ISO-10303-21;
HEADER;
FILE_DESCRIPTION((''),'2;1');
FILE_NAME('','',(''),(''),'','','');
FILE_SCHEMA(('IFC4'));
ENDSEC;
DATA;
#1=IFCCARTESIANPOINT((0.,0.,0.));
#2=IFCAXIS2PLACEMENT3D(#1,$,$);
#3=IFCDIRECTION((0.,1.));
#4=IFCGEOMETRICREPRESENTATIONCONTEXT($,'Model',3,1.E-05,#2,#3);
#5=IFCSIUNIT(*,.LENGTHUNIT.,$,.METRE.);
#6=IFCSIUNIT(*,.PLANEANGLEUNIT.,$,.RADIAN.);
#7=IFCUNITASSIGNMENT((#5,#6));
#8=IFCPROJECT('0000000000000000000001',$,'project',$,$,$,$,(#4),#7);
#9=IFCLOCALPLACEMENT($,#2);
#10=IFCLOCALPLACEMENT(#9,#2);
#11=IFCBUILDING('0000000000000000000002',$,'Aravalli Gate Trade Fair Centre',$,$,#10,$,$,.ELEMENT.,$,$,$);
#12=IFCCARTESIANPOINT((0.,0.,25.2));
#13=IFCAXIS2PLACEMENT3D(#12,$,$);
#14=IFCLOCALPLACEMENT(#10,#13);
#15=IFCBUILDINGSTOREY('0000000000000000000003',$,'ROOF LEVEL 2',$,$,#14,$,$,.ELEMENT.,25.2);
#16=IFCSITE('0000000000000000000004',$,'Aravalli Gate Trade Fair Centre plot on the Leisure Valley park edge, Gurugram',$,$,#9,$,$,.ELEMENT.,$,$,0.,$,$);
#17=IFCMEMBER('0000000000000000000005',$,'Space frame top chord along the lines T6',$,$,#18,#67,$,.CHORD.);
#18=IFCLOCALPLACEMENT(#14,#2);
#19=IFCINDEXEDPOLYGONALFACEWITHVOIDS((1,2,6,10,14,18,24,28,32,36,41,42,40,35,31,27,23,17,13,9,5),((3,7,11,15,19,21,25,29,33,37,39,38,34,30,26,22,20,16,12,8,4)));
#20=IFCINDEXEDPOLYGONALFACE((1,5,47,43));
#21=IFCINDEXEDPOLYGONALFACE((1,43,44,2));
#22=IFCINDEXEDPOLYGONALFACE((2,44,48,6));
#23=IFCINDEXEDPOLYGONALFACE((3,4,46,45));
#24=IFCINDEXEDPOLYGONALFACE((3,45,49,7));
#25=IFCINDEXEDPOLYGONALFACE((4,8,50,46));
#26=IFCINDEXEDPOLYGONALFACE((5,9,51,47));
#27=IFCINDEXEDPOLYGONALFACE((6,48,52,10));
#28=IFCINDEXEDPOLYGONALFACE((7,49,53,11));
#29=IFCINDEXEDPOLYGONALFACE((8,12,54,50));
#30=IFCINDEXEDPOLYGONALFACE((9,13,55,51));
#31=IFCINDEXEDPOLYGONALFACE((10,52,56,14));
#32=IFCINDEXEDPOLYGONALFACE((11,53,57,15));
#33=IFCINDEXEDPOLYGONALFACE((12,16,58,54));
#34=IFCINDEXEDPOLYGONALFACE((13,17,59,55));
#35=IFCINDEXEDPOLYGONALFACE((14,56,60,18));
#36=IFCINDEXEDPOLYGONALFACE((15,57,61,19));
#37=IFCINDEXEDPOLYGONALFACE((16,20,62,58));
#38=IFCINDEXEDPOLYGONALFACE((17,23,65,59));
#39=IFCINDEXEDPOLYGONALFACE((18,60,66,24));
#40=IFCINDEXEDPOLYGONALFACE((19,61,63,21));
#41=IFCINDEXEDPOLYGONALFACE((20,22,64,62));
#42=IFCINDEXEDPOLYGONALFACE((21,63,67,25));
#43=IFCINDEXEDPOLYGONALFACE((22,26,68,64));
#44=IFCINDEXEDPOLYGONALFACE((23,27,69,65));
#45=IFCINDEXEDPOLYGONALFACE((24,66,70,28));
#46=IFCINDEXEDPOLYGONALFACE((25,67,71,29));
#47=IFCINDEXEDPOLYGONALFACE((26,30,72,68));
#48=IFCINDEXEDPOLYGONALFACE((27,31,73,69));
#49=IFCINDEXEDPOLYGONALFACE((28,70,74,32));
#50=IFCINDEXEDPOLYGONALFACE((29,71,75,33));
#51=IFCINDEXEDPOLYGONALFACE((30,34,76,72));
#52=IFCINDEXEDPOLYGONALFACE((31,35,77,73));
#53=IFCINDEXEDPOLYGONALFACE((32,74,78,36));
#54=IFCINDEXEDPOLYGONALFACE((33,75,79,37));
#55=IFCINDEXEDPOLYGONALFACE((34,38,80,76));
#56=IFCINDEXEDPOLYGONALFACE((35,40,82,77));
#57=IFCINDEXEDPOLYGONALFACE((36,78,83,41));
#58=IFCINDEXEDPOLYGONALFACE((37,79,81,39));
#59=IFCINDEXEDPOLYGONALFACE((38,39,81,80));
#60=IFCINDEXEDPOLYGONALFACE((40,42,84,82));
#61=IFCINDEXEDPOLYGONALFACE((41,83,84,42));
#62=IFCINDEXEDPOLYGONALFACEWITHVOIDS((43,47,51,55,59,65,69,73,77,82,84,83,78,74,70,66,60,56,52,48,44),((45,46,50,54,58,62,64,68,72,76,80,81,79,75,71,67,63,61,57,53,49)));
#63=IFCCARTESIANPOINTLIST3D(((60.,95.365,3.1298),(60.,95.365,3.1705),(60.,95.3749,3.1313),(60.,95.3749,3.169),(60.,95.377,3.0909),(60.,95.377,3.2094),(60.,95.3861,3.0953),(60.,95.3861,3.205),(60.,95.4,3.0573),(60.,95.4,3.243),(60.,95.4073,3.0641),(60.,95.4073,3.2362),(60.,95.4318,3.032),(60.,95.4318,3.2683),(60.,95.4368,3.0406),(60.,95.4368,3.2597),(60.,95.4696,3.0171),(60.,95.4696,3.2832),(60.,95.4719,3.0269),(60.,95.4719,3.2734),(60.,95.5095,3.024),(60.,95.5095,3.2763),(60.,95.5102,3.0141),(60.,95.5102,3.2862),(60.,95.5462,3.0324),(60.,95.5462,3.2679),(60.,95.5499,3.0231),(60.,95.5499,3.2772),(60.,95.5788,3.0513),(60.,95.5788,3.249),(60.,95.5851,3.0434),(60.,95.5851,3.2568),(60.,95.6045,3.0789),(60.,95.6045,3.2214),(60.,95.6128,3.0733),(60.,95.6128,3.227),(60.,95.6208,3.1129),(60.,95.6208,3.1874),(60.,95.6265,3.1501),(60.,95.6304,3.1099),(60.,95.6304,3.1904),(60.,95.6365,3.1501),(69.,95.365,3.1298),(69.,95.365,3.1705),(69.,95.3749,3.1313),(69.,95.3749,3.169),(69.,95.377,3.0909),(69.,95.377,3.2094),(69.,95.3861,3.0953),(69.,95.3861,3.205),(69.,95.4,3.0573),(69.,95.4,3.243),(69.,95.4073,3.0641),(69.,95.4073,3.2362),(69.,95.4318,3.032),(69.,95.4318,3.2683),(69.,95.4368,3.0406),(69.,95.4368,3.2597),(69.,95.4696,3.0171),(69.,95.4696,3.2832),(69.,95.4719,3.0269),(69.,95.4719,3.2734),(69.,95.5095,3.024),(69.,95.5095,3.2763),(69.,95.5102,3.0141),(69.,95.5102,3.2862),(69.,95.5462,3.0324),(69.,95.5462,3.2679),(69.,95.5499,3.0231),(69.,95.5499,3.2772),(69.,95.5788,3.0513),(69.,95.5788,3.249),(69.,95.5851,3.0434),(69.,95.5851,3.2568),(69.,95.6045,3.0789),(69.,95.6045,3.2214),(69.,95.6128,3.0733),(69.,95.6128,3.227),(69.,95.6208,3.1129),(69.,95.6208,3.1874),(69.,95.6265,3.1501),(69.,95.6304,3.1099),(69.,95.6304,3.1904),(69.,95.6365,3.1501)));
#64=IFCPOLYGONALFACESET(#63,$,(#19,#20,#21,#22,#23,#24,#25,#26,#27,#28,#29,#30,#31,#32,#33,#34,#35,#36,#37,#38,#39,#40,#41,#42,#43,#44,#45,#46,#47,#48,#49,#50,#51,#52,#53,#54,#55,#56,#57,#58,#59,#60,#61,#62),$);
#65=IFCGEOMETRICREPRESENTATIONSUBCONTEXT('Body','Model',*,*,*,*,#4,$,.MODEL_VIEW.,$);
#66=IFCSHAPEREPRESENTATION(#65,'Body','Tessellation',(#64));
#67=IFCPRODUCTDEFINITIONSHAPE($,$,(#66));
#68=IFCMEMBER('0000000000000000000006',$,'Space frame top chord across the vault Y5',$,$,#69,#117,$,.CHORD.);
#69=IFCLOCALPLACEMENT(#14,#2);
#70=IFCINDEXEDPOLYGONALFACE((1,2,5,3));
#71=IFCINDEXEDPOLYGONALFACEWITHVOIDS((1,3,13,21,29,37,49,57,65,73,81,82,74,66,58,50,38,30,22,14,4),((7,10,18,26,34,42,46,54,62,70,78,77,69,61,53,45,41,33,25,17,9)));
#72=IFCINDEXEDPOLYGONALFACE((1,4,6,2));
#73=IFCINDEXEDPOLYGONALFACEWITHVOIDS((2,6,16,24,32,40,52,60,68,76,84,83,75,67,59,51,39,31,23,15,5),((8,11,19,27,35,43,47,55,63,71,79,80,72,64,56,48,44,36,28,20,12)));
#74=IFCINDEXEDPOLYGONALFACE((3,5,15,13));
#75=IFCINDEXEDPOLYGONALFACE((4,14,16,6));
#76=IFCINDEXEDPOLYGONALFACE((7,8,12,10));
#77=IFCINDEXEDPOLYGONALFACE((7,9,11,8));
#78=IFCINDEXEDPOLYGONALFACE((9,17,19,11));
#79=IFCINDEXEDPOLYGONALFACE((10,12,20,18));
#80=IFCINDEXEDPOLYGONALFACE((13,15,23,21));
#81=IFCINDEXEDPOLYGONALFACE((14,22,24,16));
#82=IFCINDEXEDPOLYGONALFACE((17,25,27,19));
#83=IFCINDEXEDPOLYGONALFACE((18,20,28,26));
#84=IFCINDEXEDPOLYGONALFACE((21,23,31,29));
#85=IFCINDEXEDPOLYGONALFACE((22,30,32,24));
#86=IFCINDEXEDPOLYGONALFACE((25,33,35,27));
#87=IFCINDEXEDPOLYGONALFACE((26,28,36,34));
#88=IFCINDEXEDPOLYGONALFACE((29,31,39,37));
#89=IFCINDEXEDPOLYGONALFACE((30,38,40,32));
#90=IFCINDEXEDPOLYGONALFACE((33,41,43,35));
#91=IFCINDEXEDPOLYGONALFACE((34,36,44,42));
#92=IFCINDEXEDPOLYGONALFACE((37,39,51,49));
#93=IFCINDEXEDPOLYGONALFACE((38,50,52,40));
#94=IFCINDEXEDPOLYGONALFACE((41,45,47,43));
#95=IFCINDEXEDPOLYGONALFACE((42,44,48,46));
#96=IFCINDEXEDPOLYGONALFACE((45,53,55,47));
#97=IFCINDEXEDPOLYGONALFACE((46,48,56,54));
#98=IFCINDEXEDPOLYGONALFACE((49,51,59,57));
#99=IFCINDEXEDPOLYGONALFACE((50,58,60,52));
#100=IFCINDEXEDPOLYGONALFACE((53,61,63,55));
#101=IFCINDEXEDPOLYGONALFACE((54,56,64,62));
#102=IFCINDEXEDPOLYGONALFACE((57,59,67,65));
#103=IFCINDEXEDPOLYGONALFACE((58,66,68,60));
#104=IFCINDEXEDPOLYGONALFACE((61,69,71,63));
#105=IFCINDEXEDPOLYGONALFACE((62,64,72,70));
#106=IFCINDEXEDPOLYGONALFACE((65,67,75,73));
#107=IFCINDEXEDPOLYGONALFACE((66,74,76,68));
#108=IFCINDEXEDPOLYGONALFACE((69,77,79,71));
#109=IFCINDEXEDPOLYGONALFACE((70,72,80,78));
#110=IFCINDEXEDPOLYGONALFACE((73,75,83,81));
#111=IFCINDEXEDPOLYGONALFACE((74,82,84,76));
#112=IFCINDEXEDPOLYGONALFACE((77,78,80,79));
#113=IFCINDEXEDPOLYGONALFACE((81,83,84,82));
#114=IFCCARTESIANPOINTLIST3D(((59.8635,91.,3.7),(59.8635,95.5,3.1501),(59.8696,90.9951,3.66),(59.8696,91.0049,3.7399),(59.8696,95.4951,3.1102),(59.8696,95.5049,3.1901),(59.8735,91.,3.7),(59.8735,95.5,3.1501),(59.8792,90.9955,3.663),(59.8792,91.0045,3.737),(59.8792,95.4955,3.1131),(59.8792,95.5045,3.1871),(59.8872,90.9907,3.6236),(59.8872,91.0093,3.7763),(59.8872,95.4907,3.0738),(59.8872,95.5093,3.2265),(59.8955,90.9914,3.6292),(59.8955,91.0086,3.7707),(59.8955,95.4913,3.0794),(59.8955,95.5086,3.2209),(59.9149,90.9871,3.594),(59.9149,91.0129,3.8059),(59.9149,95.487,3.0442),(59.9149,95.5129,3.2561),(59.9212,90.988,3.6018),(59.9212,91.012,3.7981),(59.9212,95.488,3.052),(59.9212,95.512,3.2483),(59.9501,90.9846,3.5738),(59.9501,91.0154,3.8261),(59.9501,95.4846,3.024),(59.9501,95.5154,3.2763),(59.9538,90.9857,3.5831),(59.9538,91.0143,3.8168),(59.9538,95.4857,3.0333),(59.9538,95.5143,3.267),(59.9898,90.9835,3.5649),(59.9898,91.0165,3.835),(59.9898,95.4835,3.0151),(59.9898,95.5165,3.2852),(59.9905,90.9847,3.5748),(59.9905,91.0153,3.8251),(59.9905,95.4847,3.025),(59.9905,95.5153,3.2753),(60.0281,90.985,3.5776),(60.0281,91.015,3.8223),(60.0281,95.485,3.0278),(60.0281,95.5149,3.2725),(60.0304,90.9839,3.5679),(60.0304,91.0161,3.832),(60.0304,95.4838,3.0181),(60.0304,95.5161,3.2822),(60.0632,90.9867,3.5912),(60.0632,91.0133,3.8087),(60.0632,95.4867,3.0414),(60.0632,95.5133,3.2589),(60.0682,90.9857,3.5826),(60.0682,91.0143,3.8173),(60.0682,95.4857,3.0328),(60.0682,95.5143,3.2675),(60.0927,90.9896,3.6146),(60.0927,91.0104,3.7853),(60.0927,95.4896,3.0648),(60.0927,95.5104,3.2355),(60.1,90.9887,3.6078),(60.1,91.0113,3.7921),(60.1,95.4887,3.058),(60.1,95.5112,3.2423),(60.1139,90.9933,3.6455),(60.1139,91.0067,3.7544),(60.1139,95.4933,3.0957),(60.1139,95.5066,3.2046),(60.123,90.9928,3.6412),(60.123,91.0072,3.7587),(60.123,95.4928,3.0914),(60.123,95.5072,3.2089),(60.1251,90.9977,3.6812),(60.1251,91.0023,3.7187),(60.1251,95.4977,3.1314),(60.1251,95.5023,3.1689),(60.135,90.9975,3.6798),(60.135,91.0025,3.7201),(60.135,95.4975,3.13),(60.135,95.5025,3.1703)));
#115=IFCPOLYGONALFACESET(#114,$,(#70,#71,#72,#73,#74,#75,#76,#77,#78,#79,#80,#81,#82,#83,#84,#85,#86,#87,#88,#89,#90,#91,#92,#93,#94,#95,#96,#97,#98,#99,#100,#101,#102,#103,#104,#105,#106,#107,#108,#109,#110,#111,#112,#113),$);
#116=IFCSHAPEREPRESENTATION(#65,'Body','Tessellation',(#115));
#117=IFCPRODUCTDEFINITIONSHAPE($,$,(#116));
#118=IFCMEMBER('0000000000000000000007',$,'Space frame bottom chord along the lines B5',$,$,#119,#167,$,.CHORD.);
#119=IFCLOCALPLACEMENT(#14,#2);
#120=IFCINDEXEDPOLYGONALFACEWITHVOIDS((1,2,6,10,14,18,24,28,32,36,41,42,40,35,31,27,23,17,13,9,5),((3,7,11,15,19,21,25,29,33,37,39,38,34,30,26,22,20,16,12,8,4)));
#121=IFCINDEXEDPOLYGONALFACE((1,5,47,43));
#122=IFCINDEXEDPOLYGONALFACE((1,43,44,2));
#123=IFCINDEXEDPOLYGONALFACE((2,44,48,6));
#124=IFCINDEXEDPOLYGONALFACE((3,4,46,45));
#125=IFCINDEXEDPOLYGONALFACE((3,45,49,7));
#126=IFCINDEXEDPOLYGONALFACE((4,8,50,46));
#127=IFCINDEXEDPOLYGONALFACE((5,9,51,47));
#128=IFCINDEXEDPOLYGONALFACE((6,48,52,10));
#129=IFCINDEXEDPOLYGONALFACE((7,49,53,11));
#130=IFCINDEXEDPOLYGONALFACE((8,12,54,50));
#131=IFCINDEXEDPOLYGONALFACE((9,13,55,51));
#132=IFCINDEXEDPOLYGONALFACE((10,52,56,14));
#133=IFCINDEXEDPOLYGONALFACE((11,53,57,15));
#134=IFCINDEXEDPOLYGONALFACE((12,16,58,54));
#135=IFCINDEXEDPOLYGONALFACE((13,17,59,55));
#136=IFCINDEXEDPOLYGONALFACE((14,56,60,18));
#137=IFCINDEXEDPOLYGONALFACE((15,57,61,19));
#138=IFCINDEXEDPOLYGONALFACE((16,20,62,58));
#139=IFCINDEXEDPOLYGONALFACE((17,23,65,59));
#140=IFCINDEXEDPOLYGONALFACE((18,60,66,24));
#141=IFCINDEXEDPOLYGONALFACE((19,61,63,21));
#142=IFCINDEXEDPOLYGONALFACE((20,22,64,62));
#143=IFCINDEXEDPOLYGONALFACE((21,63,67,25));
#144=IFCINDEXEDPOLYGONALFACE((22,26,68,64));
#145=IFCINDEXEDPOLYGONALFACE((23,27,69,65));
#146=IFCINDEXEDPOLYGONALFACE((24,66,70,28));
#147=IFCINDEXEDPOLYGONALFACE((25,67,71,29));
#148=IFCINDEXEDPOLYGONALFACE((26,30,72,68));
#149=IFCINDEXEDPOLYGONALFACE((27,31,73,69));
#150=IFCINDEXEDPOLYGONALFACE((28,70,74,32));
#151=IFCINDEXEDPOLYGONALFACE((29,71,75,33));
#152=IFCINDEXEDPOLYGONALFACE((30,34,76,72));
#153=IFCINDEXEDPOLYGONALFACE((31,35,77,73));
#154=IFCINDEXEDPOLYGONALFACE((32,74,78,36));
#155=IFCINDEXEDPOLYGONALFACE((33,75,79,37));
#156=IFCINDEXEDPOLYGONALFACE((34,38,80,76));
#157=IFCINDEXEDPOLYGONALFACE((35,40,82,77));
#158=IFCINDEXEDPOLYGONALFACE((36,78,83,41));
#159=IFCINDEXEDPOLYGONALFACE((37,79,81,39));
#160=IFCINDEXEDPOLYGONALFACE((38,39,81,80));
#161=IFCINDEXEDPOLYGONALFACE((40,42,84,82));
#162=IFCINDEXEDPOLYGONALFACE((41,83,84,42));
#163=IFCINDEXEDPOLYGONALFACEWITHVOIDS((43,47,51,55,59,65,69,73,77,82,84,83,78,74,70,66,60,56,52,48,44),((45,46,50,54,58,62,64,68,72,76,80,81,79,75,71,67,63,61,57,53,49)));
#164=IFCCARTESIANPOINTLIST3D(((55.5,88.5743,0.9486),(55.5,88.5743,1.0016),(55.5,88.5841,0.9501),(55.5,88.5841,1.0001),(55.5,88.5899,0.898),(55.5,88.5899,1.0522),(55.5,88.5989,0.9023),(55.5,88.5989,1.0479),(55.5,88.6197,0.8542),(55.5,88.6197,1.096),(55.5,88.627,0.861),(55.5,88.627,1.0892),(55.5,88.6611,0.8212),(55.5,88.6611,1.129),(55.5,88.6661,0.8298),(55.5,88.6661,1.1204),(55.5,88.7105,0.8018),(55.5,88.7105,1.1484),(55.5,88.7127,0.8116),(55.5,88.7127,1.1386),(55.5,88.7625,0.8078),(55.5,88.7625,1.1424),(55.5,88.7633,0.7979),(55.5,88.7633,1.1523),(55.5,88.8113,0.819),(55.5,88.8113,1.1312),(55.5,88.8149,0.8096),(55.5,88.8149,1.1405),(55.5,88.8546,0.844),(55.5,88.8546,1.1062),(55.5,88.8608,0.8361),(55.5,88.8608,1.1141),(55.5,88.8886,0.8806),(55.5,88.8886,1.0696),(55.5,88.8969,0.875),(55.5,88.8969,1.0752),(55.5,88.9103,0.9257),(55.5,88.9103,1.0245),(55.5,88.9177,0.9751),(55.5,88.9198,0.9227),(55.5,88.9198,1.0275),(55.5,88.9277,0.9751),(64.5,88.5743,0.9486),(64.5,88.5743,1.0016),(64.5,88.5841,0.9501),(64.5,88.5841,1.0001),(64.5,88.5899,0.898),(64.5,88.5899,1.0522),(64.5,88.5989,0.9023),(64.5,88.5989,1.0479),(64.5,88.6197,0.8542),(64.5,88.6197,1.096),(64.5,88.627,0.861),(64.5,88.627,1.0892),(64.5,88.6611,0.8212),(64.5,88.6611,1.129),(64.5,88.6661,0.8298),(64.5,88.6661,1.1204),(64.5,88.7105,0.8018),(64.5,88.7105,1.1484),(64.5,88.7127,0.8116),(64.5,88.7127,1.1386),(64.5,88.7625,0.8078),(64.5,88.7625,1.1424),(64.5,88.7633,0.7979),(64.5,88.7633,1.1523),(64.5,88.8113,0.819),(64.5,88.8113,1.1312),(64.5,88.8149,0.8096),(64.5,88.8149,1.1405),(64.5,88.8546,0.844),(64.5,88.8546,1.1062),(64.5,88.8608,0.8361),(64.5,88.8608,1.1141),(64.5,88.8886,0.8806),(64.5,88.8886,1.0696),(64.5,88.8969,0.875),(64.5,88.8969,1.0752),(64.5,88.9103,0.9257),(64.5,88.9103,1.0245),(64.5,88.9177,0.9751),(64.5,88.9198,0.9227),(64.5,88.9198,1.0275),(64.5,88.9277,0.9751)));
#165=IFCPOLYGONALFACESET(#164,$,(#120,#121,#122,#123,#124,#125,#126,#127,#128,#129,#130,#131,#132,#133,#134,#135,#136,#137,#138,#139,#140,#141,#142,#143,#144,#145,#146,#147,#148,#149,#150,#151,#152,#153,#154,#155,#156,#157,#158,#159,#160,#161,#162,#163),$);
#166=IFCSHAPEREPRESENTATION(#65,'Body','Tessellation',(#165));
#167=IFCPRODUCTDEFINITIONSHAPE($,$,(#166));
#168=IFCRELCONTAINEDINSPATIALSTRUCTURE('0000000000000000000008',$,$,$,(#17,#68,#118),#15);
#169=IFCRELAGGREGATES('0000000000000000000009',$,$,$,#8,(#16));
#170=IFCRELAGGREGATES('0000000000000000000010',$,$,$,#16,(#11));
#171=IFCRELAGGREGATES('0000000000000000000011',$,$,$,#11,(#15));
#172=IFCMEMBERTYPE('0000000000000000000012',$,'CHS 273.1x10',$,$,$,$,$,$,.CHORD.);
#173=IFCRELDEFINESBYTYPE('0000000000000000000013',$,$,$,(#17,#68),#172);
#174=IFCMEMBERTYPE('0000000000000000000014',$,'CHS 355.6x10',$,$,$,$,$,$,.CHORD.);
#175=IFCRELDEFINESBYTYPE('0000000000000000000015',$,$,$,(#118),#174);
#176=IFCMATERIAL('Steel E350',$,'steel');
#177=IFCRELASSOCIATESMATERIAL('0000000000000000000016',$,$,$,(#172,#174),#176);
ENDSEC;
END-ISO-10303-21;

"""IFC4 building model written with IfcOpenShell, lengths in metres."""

from ifc_helpers import new_model, si_unit, direction, frame, origin, origin_2d, place, context, subcontext, project, spatial, hollow_circle, extrude, material, material_profile, profile_set, type_object, element, save


model = new_model("IFC4")

# Units and contexts
model_context = context("Model", 3, precision=1e-05, world=origin(), true_north=direction((0.0, 1.0)))
body_context = subcontext(model_context, "Body", "Model", "MODEL_VIEW")
ifc_project = project(units=[si_unit("LENGTHUNIT", "METRE"), si_unit("PLANEANGLEUNIT", "RADIAN")], contexts=[model_context])

# Site, building, storey
site_placement = place(None, origin())
site = spatial("IfcSite", under=ifc_project, at=site_placement, Name="Aravalli Gate Trade Fair Centre plot on the Leisure Valley park edge, Gurugram", CompositionType="ELEMENT", RefElevation=0.0)
building_placement = place(site_placement, origin())
building = spatial("IfcBuilding", under=site, at=building_placement, Name="Aravalli Gate Trade Fair Centre", CompositionType="ELEMENT")
storey_placement = place(building_placement, frame((0.0, 0.0, 25.2)))
storey = spatial("IfcBuildingStorey", under=building, at=storey_placement, Name="ROOF LEVEL 2", CompositionType="ELEMENT", Elevation=25.2)

# Members
ifc_material_1 = material(Name="Steel E350", Category="steel")
ifc_material_profile_1 = material_profile(ifc_material_1, hollow_circle(Radius=0.1365, WallThickness=0.01, at=origin_2d()), Name="CHS 273.1x10")
ifc_profile_set_1 = profile_set([ifc_material_profile_1], Name="Steel E350")
member_type_1 = type_object("IfcMemberType", Name="CHS 273.1x10", PredefinedType="CHORD", material=ifc_profile_set_1)
for number, where, z_axis, x_axis, name in (
    (1, (60.0, 95.5, 3.1501), (1.0, 0.0, 0.0), (0.0, 1.0, 0.0), "Space frame top chord along the lines T6"),
):
    element("IfcMember", number, at=place(storey_placement, frame(where, z_axis=z_axis, x_axis=x_axis)), inside=storey, type_object=member_type_1, Name=name, PredefinedType="CHORD", context=body_context, shape_type="SweptSolid", body=[
        extrude(hollow_circle(Radius=0.1365, WallThickness=0.01, at=origin_2d()), origin(), (0.0, 0.0, 1.0), 9.0),
    ])
member_1_placement = place(storey_placement, frame((60.0, 91.0, 3.7), z_axis=(0.0, 0.992619, -0.121277), x_axis=(-1.0, 0.0, 0.0)))
element("IfcMember", 2, at=member_1_placement, inside=storey, type_object=member_type_1, Name="Space frame top chord across the vault Y5", PredefinedType="CHORD", context=body_context, shape_type="SweptSolid", body=[
    extrude(hollow_circle(Radius=0.1365, WallThickness=0.01, at=origin_2d()), origin(), (0.0, 0.0, 1.0), 4.5334),
])
ifc_material_profile_2 = material_profile(ifc_material_1, hollow_circle(Radius=0.1777, WallThickness=0.01, at=origin_2d()), Name="CHS 355.6x10")
ifc_profile_set_2 = profile_set([ifc_material_profile_2], Name="Steel E350")
member_type_2 = type_object("IfcMemberType", Name="CHS 355.6x10", PredefinedType="CHORD", material=ifc_profile_set_2)
for number, where, z_axis, x_axis, name in (
    (3, (55.5, 88.75, 0.9751), (1.0, 0.0, 0.0), (0.0, 1.0, 0.0), "Space frame bottom chord along the lines B5"),
):
    element("IfcMember", number, at=place(storey_placement, frame(where, z_axis=z_axis, x_axis=x_axis)), inside=storey, type_object=member_type_2, Name=name, PredefinedType="CHORD", context=body_context, shape_type="SweptSolid", body=[
        extrude(hollow_circle(Radius=0.1777, WallThickness=0.01, at=origin_2d()), origin(), (0.0, 0.0, 1.0), 9.0),
    ])

save(model, "model.ifc")
